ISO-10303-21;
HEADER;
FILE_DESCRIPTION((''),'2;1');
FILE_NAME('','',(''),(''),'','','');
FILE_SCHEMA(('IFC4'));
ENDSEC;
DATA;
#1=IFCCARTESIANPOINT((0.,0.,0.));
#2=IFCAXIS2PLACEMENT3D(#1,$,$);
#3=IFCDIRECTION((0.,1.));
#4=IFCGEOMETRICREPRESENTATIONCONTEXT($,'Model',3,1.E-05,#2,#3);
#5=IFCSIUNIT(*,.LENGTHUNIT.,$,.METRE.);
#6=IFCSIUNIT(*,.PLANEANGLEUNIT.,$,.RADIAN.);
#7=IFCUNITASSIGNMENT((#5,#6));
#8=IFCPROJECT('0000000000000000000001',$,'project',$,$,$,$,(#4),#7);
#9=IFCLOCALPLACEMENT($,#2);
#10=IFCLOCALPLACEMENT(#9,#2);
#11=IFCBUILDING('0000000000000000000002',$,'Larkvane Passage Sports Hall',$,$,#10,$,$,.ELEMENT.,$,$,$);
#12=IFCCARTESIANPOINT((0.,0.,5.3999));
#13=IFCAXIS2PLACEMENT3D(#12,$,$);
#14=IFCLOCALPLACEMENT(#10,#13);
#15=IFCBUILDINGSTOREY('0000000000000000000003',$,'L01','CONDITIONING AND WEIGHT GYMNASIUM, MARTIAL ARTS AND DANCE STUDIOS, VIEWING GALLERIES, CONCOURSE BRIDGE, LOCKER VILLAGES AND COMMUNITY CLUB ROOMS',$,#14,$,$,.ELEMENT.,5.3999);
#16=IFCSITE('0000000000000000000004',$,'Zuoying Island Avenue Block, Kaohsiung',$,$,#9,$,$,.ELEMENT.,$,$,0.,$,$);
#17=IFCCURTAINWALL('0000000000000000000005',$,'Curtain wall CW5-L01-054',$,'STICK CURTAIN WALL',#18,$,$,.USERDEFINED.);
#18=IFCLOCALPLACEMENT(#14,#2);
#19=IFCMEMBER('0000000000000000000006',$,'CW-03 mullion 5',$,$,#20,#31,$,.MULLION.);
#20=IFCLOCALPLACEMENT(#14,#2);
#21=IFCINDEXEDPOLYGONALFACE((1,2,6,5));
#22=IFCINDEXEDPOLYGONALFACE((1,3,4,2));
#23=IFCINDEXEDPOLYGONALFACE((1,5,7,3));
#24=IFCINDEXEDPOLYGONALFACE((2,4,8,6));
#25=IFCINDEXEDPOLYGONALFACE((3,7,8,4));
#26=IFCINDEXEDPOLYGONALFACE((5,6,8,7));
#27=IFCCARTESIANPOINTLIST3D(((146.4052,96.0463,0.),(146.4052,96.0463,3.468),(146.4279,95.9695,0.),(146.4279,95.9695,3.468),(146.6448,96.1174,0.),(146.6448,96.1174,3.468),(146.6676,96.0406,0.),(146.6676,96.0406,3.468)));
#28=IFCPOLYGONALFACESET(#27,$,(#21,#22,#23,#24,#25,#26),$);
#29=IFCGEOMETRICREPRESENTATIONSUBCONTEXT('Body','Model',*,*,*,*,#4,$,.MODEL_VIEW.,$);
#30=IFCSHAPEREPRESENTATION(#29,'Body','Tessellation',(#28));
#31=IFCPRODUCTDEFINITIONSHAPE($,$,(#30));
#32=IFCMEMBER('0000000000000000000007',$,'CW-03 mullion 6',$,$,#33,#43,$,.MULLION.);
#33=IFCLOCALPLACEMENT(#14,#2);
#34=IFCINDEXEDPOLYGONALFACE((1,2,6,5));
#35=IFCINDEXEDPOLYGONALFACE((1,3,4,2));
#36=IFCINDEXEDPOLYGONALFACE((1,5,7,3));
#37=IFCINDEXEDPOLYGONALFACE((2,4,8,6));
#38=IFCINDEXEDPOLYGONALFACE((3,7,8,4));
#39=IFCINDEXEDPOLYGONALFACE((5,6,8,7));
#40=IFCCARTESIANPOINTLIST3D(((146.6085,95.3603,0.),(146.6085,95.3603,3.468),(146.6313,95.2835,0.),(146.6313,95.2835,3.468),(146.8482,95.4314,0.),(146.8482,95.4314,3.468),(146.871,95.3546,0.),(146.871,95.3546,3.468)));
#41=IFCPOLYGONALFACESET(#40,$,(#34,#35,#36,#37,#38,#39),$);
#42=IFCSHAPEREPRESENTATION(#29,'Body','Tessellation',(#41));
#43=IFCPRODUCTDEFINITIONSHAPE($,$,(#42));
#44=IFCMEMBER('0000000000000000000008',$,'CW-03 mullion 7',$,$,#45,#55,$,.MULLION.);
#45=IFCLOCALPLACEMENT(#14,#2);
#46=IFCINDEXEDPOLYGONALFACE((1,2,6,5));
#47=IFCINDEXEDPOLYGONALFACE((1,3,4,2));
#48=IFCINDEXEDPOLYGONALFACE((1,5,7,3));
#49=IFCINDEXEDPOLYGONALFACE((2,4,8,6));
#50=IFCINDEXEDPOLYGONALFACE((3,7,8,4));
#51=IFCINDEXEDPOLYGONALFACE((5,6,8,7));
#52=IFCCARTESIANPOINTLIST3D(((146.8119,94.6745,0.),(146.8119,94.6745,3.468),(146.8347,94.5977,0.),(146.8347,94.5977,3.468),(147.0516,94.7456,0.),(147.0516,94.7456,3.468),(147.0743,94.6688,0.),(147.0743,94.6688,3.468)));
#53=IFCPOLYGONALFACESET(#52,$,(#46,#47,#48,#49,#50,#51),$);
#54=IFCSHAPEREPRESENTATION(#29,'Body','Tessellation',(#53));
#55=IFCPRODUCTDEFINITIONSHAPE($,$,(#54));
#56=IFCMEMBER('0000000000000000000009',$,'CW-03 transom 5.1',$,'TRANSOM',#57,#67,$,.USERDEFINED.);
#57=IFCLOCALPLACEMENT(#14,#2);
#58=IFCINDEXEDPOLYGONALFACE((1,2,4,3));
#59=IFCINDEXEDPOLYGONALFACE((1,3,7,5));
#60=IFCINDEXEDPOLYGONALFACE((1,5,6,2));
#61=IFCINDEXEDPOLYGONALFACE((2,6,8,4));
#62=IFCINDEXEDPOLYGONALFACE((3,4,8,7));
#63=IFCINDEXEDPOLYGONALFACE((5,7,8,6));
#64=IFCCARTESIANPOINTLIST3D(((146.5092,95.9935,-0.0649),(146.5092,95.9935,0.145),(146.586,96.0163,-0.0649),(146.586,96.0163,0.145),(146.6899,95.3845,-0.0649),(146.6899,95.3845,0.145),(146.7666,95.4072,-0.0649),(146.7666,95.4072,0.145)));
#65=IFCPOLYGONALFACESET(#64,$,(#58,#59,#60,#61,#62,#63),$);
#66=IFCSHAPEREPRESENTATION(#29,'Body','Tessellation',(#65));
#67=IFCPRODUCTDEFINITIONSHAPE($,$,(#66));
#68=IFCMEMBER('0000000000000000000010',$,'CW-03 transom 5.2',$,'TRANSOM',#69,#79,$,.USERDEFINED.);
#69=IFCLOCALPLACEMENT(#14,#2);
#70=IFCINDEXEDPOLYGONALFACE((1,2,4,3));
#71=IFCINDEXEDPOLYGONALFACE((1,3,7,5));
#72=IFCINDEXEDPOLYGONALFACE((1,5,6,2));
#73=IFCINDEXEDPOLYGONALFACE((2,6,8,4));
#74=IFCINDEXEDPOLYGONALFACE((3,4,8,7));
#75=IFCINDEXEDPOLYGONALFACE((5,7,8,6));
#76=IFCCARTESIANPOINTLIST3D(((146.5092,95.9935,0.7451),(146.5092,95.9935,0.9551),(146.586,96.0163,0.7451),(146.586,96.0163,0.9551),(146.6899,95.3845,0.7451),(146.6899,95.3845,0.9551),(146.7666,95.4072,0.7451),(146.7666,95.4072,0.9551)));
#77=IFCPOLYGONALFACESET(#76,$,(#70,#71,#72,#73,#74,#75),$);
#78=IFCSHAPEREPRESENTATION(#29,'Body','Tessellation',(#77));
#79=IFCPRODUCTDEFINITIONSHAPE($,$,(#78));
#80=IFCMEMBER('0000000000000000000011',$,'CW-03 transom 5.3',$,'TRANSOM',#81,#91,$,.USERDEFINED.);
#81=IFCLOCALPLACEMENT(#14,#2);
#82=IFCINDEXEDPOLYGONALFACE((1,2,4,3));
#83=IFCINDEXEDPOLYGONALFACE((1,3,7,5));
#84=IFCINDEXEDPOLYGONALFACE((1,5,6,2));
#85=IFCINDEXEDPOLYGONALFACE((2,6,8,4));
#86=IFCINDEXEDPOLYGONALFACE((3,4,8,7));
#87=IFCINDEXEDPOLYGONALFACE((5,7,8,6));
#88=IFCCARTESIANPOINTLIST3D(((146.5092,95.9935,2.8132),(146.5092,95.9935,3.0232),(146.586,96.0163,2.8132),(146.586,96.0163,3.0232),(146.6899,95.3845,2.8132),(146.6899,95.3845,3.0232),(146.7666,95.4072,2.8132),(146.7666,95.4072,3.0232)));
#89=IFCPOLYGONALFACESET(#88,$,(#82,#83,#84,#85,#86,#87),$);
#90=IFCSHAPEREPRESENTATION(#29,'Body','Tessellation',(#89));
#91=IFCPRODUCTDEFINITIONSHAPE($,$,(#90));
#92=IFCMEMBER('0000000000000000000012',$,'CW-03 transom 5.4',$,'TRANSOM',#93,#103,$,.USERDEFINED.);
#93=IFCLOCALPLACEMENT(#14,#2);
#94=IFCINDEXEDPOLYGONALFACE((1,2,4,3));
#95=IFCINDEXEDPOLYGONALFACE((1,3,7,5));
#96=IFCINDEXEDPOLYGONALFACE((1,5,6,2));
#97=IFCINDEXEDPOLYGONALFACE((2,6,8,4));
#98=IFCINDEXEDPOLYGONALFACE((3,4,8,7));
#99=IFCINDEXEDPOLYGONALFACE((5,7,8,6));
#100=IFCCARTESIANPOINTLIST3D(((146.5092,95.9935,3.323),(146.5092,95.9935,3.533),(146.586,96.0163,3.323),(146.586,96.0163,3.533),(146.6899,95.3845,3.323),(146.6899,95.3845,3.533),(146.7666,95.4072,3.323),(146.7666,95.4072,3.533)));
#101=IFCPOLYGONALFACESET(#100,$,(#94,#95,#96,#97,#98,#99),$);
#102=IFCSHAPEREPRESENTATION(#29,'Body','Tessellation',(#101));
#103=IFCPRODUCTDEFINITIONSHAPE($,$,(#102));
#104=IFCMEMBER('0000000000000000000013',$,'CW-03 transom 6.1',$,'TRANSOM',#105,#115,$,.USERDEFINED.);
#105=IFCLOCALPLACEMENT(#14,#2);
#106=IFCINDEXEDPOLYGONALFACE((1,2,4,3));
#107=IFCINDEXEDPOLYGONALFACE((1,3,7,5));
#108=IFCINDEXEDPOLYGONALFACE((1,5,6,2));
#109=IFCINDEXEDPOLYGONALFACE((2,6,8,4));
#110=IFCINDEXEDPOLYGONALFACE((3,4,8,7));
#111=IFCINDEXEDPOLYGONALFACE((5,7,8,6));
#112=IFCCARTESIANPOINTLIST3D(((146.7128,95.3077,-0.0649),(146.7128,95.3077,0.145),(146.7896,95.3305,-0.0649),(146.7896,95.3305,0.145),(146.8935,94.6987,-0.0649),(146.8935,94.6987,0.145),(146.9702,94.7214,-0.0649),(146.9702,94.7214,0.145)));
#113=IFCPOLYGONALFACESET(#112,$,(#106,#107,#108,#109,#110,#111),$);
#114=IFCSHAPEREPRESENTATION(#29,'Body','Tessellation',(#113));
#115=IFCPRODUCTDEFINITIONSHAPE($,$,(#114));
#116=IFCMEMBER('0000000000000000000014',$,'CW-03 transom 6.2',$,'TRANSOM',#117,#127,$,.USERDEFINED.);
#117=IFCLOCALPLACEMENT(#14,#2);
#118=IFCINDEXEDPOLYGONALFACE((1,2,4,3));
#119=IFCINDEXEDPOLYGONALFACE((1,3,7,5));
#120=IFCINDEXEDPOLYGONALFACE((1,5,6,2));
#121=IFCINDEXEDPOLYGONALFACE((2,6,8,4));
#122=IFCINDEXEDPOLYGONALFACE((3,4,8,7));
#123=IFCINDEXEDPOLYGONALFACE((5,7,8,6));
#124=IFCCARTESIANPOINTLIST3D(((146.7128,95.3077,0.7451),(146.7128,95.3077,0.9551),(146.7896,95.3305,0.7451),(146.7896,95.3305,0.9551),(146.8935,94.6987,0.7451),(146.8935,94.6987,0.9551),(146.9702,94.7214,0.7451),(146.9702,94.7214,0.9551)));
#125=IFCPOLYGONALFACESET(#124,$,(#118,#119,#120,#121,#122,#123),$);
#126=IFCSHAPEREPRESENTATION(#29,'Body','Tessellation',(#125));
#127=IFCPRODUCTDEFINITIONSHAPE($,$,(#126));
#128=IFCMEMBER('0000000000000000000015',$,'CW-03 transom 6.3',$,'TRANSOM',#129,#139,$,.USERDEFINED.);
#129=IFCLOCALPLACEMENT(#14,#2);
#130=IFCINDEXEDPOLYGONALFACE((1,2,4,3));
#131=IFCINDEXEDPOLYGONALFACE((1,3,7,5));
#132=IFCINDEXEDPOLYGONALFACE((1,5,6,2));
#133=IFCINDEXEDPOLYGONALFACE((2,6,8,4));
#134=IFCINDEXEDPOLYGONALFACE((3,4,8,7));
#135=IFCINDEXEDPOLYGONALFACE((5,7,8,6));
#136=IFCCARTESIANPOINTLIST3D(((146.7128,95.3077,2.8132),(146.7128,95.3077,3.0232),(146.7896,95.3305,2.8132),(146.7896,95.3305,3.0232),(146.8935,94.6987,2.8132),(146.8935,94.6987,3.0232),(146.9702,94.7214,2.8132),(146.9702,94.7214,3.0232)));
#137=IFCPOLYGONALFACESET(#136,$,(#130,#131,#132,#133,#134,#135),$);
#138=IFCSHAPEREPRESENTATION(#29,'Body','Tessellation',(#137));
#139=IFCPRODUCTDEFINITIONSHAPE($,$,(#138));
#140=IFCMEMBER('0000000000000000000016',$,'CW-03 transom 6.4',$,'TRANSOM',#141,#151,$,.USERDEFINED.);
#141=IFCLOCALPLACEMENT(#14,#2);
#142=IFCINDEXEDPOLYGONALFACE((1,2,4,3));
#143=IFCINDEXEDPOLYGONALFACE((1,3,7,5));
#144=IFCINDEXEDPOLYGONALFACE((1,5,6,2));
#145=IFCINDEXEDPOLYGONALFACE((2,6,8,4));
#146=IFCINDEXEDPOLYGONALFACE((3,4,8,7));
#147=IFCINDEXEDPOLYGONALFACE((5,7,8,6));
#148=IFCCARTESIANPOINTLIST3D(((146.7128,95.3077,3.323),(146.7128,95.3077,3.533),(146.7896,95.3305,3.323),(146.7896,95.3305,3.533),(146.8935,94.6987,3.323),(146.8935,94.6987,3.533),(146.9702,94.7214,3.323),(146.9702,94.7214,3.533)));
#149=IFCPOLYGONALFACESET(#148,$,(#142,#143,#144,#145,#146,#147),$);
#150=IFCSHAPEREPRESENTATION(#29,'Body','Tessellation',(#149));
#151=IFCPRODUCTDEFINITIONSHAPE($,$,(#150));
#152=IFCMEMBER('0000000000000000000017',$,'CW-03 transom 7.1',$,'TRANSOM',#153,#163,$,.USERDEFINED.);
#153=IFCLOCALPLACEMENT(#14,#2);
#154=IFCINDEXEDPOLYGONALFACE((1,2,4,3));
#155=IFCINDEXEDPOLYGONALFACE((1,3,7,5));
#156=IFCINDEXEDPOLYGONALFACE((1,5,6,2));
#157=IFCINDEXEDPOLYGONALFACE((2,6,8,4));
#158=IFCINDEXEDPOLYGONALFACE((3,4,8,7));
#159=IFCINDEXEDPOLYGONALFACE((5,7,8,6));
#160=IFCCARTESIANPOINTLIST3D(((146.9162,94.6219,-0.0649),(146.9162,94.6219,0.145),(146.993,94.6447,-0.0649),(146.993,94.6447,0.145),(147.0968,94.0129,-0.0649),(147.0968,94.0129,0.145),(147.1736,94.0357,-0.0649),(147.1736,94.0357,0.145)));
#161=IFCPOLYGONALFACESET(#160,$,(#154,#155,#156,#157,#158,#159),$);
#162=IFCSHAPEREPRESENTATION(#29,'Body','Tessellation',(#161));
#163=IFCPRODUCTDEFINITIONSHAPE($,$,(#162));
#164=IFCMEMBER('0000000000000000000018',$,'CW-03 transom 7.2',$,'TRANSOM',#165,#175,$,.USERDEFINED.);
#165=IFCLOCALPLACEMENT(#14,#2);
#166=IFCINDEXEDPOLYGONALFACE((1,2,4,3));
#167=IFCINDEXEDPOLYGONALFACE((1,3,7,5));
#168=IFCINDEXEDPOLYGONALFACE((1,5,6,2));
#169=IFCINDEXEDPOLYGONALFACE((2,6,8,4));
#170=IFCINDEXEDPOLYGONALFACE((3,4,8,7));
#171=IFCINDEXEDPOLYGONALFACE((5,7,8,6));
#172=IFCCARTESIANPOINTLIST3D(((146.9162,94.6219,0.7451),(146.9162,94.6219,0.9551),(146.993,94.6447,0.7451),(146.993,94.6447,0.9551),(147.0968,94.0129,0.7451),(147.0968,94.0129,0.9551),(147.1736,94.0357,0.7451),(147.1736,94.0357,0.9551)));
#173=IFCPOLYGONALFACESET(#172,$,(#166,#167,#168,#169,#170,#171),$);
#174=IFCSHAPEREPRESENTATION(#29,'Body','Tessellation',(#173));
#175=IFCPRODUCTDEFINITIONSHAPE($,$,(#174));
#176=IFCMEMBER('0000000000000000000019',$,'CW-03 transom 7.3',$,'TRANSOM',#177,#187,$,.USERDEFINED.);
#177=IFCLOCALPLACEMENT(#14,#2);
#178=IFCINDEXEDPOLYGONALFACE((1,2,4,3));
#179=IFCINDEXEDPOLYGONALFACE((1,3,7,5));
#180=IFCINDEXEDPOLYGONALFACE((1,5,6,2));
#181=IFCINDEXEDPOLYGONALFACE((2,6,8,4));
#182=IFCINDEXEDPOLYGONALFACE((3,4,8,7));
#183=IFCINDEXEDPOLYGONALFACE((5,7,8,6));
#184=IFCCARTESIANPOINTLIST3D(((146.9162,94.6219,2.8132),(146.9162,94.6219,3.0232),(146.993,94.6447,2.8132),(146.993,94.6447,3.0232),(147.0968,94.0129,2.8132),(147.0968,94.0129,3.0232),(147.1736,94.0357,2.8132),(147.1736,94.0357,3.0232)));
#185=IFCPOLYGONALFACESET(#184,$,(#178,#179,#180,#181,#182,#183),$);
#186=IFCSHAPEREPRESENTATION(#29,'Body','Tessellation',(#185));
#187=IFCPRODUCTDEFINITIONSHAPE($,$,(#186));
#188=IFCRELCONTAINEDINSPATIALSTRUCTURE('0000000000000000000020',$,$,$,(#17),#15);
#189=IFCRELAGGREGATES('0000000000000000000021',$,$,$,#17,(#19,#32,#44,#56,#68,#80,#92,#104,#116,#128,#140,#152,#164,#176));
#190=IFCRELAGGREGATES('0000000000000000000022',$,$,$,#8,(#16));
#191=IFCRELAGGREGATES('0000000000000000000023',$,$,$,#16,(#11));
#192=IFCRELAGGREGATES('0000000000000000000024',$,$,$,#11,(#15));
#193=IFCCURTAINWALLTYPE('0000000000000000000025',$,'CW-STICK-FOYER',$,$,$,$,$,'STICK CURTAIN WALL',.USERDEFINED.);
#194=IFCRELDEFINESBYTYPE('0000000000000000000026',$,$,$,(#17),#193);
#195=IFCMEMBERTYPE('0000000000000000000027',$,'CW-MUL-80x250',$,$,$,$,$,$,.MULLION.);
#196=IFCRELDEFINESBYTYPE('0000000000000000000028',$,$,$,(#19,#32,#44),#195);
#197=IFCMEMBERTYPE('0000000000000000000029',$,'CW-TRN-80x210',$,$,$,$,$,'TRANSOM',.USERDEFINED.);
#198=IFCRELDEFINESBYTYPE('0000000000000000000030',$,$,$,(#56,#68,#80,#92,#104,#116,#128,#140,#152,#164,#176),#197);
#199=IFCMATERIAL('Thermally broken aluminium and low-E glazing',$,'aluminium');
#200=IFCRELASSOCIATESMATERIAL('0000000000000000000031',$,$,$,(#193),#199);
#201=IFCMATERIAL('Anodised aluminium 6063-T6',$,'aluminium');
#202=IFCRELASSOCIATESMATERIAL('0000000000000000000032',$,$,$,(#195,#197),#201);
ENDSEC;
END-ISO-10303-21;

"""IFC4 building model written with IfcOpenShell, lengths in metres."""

from ifc_helpers import new_model, si_unit, direction, frame, origin, origin_2d, place, context, subcontext, project, spatial, rectangle, extrude, material, material_profile, profile_set, type_object, element, aggregate, save


model = new_model("IFC4")

# Units and contexts
model_context = context("Model", 3, precision=1e-05, world=origin(), true_north=direction((0.0, 1.0)))
body_context = subcontext(model_context, "Body", "Model", "MODEL_VIEW")
ifc_project = project(units=[si_unit("LENGTHUNIT", "METRE"), si_unit("PLANEANGLEUNIT", "RADIAN")], contexts=[model_context])

# Site, building, storey
site_placement = place(None, origin())
site = spatial("IfcSite", under=ifc_project, at=site_placement, Name="Zuoying Island Avenue Block, Kaohsiung", CompositionType="ELEMENT", RefElevation=0.0)
building_placement = place(site_placement, origin())
building = spatial("IfcBuilding", under=site, at=building_placement, Name="Larkvane Passage Sports Hall", CompositionType="ELEMENT")
storey_placement = place(building_placement, frame((0.0, 0.0, 5.3999)))
storey = spatial("IfcBuildingStorey", under=building, at=storey_placement, Name="L01", Description="CONDITIONING AND WEIGHT GYMNASIUM, MARTIAL ARTS AND DANCE STUDIOS, VIEWING GALLERIES, CONCOURSE BRIDGE, LOCKER VILLAGES AND COMMUNITY CLUB ROOMS", CompositionType="ELEMENT", Elevation=5.3999)

# Curtain wall, members
ifc_material_1 = material(Name="Thermally broken aluminium and low-E glazing", Category="aluminium")
curtain_wall_type = type_object("IfcCurtainWallType", Name="CW-STICK-FOYER", ElementType="STICK CURTAIN WALL", PredefinedType="USERDEFINED", material=ifc_material_1)
curtain_wall_placement = place(storey_placement, origin())
curtain_wall = element("IfcCurtainWall", 1, at=curtain_wall_placement, inside=storey, type_object=curtain_wall_type, Name="Curtain wall CW5-L01-054", ObjectType="STICK CURTAIN WALL", PredefinedType="USERDEFINED")
ifc_material_2 = material(Name="Anodised aluminium 6063-T6", Category="aluminium")
ifc_material_profile_1 = material_profile(ifc_material_2, rectangle(XDim=0.0801, YDim=0.25, at=origin_2d()), Name="ALU-MUL-80x250")
ifc_profile_set_1 = profile_set([ifc_material_profile_1], Name="Anodised aluminium 6063-T6")
member_type_1 = type_object("IfcMemberType", Name="CW-MUL-80x250", PredefinedType="MULLION", material=ifc_profile_set_1)
member_1_placement = place(storey_placement, frame((146.5364, 96.0435, 0.0), z_axis=(0.0, 0.0, 1.0), x_axis=(0.284363, -0.958717, 0.0)))
member_1 = element("IfcMember", 2, at=member_1_placement, type_object=member_type_1, Name="CW-03 mullion 5", PredefinedType="MULLION", context=body_context, shape_type="SweptSolid", body=[
    extrude(rectangle(XDim=0.0801, YDim=0.25, at=origin_2d()), origin(), (0.0, 0.0, 1.0), 3.468),
])
member_2_placement = place(storey_placement, frame((146.7397, 95.3574, 0.0), z_axis=(0.0, 0.0, 1.0), x_axis=(0.284363, -0.958717, 0.0)))
member_2 = element("IfcMember", 3, at=member_2_placement, type_object=member_type_1, Name="CW-03 mullion 6", PredefinedType="MULLION", context=body_context, shape_type="SweptSolid", body=[
    extrude(rectangle(XDim=0.0801, YDim=0.25, at=origin_2d()), origin(), (0.0, 0.0, 1.0), 3.468),
])
member_3_placement = place(storey_placement, frame((146.9431, 94.6716, 0.0), z_axis=(0.0, 0.0, 1.0), x_axis=(0.284363, -0.958717, 0.0)))
member_3 = element("IfcMember", 4, at=member_3_placement, type_object=member_type_1, Name="CW-03 mullion 7", PredefinedType="MULLION", context=body_context, shape_type="SweptSolid", body=[
    extrude(rectangle(XDim=0.0801, YDim=0.25, at=origin_2d()), origin(), (0.0, 0.0, 1.0), 3.468),
])
ifc_material_profile_2 = material_profile(ifc_material_2, rectangle(XDim=0.0801, YDim=0.21, at=origin_2d()), Name="ALU-TRN-80x210")
ifc_profile_set_2 = profile_set([ifc_material_profile_2], Name="Anodised aluminium 6063-T6")
member_type_2 = type_object("IfcMemberType", Name="CW-TRN-80x210", ElementType="TRANSOM", PredefinedType="USERDEFINED", material=ifc_profile_set_2)
member_4_placement = place(storey_placement, frame((146.5476, 96.0049, 0.04), z_axis=(0.28435, -0.958721, 0.0), x_axis=(0.958721, 0.28435, 0.0)))
member_4 = element("IfcMember", 5, at=member_4_placement, type_object=member_type_2, Name="CW-03 transom 5.1", ObjectType="TRANSOM", PredefinedType="USERDEFINED", context=body_context, shape_type="SweptSolid", body=[
    extrude(rectangle(XDim=0.0801, YDim=0.21, at=origin_2d()), origin(), (0.0, 0.0, 1.0), 0.6353),
])
member_5_placement = place(storey_placement, frame((146.5476, 96.0049, 0.8501), z_axis=(0.28435, -0.958721, 0.0), x_axis=(0.958721, 0.28435, 0.0)))
member_5 = element("IfcMember", 6, at=member_5_placement, type_object=member_type_2, Name="CW-03 transom 5.2", ObjectType="TRANSOM", PredefinedType="USERDEFINED", context=body_context, shape_type="SweptSolid", body=[
    extrude(rectangle(XDim=0.0801, YDim=0.21, at=origin_2d()), origin(), (0.0, 0.0, 1.0), 0.6353),
])
member_6_placement = place(storey_placement, frame((146.5476, 96.0049, 2.9182), z_axis=(0.28435, -0.958721, 0.0), x_axis=(0.958721, 0.28435, 0.0)))
member_6 = element("IfcMember", 7, at=member_6_placement, type_object=member_type_2, Name="CW-03 transom 5.3", ObjectType="TRANSOM", PredefinedType="USERDEFINED", context=body_context, shape_type="SweptSolid", body=[
    extrude(rectangle(XDim=0.0801, YDim=0.21, at=origin_2d()), origin(), (0.0, 0.0, 1.0), 0.6353),
])
member_7_placement = place(storey_placement, frame((146.5476, 96.0049, 3.428), z_axis=(0.28435, -0.958721, 0.0), x_axis=(0.958721, 0.28435, 0.0)))
member_7 = element("IfcMember", 8, at=member_7_placement, type_object=member_type_2, Name="CW-03 transom 5.4", ObjectType="TRANSOM", PredefinedType="USERDEFINED", context=body_context, shape_type="SweptSolid", body=[
    extrude(rectangle(XDim=0.0801, YDim=0.21, at=origin_2d()), origin(), (0.0, 0.0, 1.0), 0.6353),
])
member_8_placement = place(storey_placement, frame((146.7512, 95.3191, 0.04), z_axis=(0.28435, -0.958721, 0.0), x_axis=(0.958721, 0.28435, 0.0)))
member_8 = element("IfcMember", 9, at=member_8_placement, type_object=member_type_2, Name="CW-03 transom 6.1", ObjectType="TRANSOM", PredefinedType="USERDEFINED", context=body_context, shape_type="SweptSolid", body=[
    extrude(rectangle(XDim=0.0801, YDim=0.21, at=origin_2d()), origin(), (0.0, 0.0, 1.0), 0.6353),
])
member_9_placement = place(storey_placement, frame((146.7512, 95.3191, 0.8501), z_axis=(0.28435, -0.958721, 0.0), x_axis=(0.958721, 0.28435, 0.0)))
member_9 = element("IfcMember", 10, at=member_9_placement, type_object=member_type_2, Name="CW-03 transom 6.2", ObjectType="TRANSOM", PredefinedType="USERDEFINED", context=body_context, shape_type="SweptSolid", body=[
    extrude(rectangle(XDim=0.0801, YDim=0.21, at=origin_2d()), origin(), (0.0, 0.0, 1.0), 0.6353),
])
member_10_placement = place(storey_placement, frame((146.7512, 95.3191, 2.9182), z_axis=(0.28435, -0.958721, 0.0), x_axis=(0.958721, 0.28435, 0.0)))
member_10 = element("IfcMember", 11, at=member_10_placement, type_object=member_type_2, Name="CW-03 transom 6.3", ObjectType="TRANSOM", PredefinedType="USERDEFINED", context=body_context, shape_type="SweptSolid", body=[
    extrude(rectangle(XDim=0.0801, YDim=0.21, at=origin_2d()), origin(), (0.0, 0.0, 1.0), 0.6353),
])
member_11_placement = place(storey_placement, frame((146.7512, 95.3191, 3.428), z_axis=(0.28435, -0.958721, 0.0), x_axis=(0.958721, 0.28435, 0.0)))
member_11 = element("IfcMember", 12, at=member_11_placement, type_object=member_type_2, Name="CW-03 transom 6.4", ObjectType="TRANSOM", PredefinedType="USERDEFINED", context=body_context, shape_type="SweptSolid", body=[
    extrude(rectangle(XDim=0.0801, YDim=0.21, at=origin_2d()), origin(), (0.0, 0.0, 1.0), 0.6353),
])
member_12_placement = place(storey_placement, frame((146.9546, 94.6333, 0.04), z_axis=(0.28435, -0.958721, 0.0), x_axis=(0.958721, 0.28435, 0.0)))
member_12 = element("IfcMember", 13, at=member_12_placement, type_object=member_type_2, Name="CW-03 transom 7.1", ObjectType="TRANSOM", PredefinedType="USERDEFINED", context=body_context, shape_type="SweptSolid", body=[
    extrude(rectangle(XDim=0.0801, YDim=0.21, at=origin_2d()), origin(), (0.0, 0.0, 1.0), 0.6353),
])
member_13_placement = place(storey_placement, frame((146.9546, 94.6333, 0.8501), z_axis=(0.28435, -0.958721, 0.0), x_axis=(0.958721, 0.28435, 0.0)))
member_13 = element("IfcMember", 14, at=member_13_placement, type_object=member_type_2, Name="CW-03 transom 7.2", ObjectType="TRANSOM", PredefinedType="USERDEFINED", context=body_context, shape_type="SweptSolid", body=[
    extrude(rectangle(XDim=0.0801, YDim=0.21, at=origin_2d()), origin(), (0.0, 0.0, 1.0), 0.6353),
])
member_14_placement = place(storey_placement, frame((146.9546, 94.6333, 2.9182), z_axis=(0.28435, -0.958721, 0.0), x_axis=(0.958721, 0.28435, 0.0)))
member_14 = element("IfcMember", 15, at=member_14_placement, type_object=member_type_2, Name="CW-03 transom 7.3", ObjectType="TRANSOM", PredefinedType="USERDEFINED", context=body_context, shape_type="SweptSolid", body=[
    extrude(rectangle(XDim=0.0801, YDim=0.21, at=origin_2d()), origin(), (0.0, 0.0, 1.0), 0.6353),
])
aggregate(curtain_wall, [member_1, member_2, member_3, member_4, member_5, member_6, member_7, member_8, member_9, member_10, member_11, member_12, member_13, member_14])

save(model, "model.ifc")
